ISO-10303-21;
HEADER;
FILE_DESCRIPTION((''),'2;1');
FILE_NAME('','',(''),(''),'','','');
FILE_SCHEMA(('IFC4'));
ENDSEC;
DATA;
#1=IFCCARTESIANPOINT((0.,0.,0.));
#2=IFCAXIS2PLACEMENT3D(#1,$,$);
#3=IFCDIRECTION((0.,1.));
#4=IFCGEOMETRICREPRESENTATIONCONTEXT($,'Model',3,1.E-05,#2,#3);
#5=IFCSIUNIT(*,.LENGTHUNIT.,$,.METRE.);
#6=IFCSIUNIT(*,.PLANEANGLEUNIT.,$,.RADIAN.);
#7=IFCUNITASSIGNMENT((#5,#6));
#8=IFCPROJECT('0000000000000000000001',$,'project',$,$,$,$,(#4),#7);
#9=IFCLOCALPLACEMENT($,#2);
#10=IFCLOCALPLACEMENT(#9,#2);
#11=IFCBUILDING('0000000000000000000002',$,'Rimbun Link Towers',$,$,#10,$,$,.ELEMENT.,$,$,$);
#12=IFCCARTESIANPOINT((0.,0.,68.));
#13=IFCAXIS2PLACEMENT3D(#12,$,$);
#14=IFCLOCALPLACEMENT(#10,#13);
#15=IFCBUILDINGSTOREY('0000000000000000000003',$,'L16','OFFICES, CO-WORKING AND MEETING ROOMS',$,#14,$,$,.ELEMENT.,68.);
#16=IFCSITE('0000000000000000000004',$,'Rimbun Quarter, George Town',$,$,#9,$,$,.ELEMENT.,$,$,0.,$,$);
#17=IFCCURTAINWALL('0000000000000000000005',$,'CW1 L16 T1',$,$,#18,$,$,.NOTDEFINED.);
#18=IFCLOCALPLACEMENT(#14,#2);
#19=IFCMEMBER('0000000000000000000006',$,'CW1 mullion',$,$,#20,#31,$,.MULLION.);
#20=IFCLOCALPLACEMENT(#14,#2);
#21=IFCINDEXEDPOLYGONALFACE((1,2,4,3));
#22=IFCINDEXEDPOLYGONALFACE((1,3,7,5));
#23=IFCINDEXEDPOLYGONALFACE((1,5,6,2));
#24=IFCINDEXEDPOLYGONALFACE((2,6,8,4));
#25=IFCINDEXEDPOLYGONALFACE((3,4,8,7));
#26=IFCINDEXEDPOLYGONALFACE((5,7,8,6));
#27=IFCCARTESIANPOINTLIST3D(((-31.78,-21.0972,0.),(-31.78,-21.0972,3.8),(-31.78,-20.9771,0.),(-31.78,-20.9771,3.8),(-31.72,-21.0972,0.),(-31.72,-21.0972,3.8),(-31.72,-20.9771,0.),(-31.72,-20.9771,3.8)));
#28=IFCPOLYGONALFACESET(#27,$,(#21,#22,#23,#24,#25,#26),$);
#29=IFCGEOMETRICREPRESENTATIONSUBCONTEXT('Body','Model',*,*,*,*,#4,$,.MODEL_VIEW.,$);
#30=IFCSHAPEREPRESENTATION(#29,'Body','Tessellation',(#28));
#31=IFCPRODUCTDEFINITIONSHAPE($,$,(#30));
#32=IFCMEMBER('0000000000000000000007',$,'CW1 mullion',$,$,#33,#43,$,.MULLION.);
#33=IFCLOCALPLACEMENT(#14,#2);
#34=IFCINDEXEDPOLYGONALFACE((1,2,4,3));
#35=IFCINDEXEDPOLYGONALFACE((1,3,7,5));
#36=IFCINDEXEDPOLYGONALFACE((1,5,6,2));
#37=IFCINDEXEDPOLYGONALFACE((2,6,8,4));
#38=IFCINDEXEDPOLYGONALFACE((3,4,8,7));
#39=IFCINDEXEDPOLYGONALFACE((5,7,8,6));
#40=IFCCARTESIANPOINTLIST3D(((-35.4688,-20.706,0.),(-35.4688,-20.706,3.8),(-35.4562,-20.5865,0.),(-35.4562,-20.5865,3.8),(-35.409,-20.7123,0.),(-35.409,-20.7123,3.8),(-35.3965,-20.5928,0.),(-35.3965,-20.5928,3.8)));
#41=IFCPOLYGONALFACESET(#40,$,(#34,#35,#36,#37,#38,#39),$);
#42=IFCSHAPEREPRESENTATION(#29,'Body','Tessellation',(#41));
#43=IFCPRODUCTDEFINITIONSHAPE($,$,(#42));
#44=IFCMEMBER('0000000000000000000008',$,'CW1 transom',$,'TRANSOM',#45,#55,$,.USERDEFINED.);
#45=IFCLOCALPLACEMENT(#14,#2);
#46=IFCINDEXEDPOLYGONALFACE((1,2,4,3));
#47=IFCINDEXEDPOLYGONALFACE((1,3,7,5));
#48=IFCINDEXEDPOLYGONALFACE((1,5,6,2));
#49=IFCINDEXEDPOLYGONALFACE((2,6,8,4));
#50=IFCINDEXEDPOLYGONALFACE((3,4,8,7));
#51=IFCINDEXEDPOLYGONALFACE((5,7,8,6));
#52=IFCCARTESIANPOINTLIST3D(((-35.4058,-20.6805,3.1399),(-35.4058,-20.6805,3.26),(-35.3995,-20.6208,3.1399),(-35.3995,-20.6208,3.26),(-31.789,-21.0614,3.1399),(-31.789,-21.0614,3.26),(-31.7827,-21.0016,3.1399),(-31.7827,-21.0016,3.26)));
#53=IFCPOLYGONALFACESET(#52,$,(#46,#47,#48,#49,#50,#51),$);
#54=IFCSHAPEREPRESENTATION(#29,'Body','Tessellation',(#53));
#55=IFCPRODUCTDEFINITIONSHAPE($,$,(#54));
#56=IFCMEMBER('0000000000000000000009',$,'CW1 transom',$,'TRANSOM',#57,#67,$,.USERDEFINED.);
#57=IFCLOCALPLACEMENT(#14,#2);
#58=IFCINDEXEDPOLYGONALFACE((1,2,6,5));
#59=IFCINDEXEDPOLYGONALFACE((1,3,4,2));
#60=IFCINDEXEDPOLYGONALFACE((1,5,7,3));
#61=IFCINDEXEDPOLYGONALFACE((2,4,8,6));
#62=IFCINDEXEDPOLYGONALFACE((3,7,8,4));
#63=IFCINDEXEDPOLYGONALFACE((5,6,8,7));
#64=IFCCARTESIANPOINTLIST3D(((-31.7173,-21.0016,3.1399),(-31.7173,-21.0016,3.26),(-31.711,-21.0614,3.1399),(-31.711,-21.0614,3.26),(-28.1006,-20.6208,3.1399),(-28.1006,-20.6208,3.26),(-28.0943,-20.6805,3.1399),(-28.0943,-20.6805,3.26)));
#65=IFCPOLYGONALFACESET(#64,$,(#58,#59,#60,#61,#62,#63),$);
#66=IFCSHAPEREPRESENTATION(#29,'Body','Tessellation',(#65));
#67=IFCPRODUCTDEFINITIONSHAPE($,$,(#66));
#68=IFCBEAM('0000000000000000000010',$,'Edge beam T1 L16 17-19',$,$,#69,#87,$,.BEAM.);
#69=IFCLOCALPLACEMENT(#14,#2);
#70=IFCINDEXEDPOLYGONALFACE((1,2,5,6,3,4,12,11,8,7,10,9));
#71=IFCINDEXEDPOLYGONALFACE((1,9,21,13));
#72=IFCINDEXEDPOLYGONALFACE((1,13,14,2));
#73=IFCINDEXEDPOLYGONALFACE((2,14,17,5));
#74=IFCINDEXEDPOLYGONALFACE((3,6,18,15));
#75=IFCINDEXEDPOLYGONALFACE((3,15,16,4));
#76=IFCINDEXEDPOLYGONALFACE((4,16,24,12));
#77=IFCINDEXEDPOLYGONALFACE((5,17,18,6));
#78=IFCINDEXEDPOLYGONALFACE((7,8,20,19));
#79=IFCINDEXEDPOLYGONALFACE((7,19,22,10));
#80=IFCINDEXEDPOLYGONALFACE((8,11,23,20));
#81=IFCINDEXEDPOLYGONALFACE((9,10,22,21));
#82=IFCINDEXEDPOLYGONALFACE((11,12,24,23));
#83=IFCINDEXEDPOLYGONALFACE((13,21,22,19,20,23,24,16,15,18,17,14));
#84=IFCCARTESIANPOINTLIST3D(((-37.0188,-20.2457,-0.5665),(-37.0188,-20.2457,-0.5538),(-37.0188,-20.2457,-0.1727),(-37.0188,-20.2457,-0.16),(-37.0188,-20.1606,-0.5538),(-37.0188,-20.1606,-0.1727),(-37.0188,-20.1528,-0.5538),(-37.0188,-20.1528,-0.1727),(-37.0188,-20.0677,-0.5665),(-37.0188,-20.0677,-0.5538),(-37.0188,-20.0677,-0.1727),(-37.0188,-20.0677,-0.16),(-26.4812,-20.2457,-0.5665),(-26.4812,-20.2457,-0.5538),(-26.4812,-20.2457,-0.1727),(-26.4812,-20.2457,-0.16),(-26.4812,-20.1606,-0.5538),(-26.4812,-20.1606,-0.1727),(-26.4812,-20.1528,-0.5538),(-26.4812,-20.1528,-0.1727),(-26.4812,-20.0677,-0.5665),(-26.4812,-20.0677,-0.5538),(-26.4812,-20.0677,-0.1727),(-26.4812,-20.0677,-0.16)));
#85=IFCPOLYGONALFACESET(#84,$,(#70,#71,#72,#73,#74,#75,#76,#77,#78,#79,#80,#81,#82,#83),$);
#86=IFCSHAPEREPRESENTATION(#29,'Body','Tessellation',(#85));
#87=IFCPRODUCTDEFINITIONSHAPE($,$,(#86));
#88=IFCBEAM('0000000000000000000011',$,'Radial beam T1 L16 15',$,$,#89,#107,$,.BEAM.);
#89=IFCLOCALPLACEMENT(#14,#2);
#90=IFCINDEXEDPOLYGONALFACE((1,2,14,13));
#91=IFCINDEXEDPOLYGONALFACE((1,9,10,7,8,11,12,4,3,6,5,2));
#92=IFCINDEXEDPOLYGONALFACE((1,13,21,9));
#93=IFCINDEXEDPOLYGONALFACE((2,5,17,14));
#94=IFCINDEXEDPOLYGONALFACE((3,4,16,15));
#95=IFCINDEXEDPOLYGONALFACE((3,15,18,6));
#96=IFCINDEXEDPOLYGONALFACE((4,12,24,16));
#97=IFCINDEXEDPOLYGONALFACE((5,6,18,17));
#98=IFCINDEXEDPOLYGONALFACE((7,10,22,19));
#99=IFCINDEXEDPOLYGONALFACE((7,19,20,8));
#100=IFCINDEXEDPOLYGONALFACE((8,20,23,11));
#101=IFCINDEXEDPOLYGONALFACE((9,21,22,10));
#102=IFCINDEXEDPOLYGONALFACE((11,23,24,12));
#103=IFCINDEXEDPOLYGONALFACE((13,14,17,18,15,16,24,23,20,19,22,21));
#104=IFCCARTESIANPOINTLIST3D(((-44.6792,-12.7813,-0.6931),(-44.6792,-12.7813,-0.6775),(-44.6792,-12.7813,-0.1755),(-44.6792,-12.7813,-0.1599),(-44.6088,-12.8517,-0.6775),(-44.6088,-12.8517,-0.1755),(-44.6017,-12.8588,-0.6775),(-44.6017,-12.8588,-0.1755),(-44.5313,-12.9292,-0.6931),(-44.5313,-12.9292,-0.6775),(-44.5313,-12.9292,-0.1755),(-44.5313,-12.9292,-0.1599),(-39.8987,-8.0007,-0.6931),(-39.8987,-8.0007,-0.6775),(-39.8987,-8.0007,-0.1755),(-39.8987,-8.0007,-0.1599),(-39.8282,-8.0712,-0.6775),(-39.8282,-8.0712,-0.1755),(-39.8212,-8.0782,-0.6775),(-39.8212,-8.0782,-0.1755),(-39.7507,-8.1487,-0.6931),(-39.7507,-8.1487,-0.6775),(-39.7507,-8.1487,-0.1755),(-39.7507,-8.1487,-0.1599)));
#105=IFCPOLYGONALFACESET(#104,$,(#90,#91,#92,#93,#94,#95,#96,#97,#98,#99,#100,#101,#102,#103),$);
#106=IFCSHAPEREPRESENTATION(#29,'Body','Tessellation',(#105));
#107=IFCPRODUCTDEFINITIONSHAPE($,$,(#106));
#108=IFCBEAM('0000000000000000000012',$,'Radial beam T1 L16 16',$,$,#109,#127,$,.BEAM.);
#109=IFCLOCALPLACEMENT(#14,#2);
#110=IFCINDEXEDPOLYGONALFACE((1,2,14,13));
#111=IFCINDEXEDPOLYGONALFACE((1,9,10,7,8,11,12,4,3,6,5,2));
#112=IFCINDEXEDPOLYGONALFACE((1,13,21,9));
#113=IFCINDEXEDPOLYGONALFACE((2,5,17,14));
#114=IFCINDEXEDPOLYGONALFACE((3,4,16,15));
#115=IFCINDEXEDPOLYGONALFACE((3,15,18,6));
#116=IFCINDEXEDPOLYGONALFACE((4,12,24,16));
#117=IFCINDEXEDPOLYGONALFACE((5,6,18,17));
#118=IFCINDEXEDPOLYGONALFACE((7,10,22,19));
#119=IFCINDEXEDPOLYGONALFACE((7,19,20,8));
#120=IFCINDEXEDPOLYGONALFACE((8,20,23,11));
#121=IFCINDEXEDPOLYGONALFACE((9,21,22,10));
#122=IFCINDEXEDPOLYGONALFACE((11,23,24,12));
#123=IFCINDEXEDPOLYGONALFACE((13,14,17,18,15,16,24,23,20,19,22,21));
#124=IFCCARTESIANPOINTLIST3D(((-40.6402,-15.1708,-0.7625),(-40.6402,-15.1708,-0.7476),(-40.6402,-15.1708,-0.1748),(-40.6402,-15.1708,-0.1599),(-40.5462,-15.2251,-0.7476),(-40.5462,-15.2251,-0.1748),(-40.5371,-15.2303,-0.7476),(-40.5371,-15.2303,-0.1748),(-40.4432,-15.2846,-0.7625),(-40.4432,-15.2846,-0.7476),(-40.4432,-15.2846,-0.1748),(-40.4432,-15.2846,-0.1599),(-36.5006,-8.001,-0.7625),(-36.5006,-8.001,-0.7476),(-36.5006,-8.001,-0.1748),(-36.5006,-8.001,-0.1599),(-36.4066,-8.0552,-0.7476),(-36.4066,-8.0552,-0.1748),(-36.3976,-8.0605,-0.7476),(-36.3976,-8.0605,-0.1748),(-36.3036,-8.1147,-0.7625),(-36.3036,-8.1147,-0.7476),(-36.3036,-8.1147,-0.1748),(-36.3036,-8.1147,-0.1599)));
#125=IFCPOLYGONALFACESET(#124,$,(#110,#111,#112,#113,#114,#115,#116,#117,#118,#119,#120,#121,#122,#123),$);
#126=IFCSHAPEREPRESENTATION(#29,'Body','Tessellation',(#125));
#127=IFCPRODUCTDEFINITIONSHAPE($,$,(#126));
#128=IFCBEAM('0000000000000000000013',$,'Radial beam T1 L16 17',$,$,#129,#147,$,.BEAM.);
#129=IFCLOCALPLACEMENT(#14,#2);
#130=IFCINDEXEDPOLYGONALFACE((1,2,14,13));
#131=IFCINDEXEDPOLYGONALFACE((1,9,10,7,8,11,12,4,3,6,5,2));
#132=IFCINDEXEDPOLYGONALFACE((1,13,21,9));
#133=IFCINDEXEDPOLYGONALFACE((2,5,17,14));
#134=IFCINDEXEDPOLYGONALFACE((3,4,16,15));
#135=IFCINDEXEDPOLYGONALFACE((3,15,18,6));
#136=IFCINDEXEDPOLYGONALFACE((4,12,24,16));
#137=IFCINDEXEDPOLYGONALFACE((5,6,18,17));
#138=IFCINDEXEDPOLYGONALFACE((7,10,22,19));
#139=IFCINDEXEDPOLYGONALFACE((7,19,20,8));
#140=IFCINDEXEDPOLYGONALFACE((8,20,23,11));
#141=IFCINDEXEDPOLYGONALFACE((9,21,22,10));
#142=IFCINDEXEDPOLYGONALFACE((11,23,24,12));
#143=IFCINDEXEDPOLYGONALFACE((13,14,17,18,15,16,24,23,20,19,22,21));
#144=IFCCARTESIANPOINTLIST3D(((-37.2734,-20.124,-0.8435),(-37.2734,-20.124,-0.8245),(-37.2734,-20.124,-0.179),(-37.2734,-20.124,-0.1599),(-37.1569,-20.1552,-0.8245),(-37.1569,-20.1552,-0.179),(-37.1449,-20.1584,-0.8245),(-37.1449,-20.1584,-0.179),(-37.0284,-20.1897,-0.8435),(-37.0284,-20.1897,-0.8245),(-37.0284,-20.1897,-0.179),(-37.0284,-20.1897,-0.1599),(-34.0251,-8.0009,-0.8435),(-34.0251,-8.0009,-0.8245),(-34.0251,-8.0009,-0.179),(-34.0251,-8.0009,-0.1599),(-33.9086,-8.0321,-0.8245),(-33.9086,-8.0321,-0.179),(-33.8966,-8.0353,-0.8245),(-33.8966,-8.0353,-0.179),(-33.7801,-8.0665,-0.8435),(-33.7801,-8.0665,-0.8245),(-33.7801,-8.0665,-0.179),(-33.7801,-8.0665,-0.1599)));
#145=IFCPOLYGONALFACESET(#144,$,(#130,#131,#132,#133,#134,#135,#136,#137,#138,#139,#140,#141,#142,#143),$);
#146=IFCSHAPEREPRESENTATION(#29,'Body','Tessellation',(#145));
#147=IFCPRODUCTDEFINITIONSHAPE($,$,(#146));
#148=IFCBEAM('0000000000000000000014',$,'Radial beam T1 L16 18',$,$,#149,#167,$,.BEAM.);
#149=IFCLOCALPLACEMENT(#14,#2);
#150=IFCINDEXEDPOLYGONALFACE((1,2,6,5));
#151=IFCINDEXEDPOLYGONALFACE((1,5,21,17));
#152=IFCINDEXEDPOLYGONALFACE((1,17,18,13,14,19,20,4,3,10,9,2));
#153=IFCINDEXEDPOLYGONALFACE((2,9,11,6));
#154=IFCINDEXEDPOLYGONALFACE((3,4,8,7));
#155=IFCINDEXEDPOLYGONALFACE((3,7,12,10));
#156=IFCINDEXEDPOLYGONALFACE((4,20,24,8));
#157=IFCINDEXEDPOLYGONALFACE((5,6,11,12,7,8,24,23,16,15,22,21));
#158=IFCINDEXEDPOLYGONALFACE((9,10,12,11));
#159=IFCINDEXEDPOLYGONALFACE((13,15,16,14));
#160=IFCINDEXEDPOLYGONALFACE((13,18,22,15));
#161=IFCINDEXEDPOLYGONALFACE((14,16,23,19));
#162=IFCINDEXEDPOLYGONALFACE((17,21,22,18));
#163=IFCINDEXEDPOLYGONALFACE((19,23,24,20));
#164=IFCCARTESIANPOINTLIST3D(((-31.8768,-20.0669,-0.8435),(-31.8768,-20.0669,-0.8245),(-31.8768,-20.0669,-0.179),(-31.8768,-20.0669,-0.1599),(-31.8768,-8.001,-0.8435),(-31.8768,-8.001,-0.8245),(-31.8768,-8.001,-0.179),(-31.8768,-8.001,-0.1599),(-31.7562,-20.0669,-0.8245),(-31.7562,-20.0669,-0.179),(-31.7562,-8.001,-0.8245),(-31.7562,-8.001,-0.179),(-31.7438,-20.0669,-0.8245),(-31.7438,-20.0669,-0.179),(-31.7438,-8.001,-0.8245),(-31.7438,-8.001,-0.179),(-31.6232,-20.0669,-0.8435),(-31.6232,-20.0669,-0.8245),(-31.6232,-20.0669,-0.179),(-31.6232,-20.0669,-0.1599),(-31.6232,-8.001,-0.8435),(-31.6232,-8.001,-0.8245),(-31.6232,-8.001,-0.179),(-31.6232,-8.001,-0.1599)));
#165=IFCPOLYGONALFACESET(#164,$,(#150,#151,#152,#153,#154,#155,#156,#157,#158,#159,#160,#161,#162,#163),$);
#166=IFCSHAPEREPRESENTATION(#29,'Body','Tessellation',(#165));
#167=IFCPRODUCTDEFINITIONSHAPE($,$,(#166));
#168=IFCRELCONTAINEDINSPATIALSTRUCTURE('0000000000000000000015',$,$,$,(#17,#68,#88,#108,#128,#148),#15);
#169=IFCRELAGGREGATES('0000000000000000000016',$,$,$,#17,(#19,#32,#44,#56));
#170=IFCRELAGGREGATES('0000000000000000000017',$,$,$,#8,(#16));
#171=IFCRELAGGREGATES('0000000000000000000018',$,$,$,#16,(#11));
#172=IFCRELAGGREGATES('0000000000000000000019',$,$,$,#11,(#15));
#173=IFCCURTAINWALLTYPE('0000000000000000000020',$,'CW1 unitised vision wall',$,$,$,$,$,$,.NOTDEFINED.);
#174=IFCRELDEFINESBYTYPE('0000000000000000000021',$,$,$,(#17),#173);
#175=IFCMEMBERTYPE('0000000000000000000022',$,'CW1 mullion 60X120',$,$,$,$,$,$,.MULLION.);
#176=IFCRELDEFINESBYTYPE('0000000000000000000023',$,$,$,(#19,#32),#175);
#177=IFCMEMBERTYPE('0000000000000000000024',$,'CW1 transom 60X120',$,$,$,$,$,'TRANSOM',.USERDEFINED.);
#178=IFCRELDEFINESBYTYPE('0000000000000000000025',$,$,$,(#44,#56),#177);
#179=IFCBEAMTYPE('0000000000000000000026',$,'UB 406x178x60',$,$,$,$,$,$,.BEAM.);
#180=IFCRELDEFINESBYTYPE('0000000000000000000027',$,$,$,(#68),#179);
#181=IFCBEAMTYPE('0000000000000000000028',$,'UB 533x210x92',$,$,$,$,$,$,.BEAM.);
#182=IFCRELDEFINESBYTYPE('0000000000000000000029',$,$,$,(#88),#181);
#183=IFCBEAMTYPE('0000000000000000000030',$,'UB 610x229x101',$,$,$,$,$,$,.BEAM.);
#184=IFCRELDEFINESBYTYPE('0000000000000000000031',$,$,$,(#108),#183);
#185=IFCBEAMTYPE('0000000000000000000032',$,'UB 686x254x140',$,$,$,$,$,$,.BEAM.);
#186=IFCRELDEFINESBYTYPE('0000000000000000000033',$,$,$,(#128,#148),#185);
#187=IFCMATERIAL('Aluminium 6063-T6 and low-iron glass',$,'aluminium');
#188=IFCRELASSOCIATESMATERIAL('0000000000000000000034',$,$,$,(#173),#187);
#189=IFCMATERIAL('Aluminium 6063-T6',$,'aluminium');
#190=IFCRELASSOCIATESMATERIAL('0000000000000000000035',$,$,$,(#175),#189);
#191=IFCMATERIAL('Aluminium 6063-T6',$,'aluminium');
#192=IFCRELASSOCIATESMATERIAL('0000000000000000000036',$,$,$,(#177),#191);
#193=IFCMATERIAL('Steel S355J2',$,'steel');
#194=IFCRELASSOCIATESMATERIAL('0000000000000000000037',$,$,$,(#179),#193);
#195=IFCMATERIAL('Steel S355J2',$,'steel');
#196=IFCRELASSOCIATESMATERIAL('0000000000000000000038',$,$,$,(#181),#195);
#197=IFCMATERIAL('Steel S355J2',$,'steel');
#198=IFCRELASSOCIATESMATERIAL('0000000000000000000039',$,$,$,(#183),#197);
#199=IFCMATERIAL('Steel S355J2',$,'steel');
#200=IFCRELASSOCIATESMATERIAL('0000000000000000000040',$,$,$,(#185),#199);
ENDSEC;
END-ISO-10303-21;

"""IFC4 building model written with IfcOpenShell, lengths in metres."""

from ifc_helpers import new_model, si_unit, direction, frame, origin, origin_2d, place, context, subcontext, project, spatial, rectangle, i_section, extrude, material, material_profile, profile_set, type_object, element, aggregate, save


model = new_model("IFC4")

# Units and contexts
model_context = context("Model", 3, precision=1e-05, world=origin(), true_north=direction((0.0, 1.0)))
body_context = subcontext(model_context, "Body", "Model", "MODEL_VIEW")
ifc_project = project(units=[si_unit("LENGTHUNIT", "METRE"), si_unit("PLANEANGLEUNIT", "RADIAN")], contexts=[model_context])

# Site, building, storey
site_placement = place(None, origin())
site = spatial("IfcSite", under=ifc_project, at=site_placement, Name="Rimbun Quarter, George Town", CompositionType="ELEMENT", RefElevation=0.0)
building_placement = place(site_placement, origin())
building = spatial("IfcBuilding", under=site, at=building_placement, Name="Rimbun Link Towers", CompositionType="ELEMENT")
storey_placement = place(building_placement, frame((0.0, 0.0, 68.0)))
storey = spatial("IfcBuildingStorey", under=building, at=storey_placement, Name="L16", Description="OFFICES, CO-WORKING AND MEETING ROOMS", CompositionType="ELEMENT", Elevation=68.0)

# Curtain wall, members
ifc_material_1 = material(Name="Aluminium 6063-T6 and low-iron glass", Category="aluminium")
curtain_wall_type = type_object("IfcCurtainWallType", Name="CW1 unitised vision wall", PredefinedType="NOTDEFINED", material=ifc_material_1)
curtain_wall_placement = place(storey_placement, origin())
curtain_wall = element("IfcCurtainWall", 1, at=curtain_wall_placement, inside=storey, type_object=curtain_wall_type, Name="CW1 L16 T1", PredefinedType="NOTDEFINED")
ifc_material_2 = material(Name="Aluminium 6063-T6", Category="aluminium")
ifc_material_profile_1 = material_profile(ifc_material_2, rectangle(XDim=0.1201, YDim=0.0601, at=origin_2d()), Name="MULLION 60X120")
ifc_profile_set_1 = profile_set([ifc_material_profile_1], Name="Aluminium 6063-T6")
member_type_1 = type_object("IfcMemberType", Name="CW1 mullion 60X120", PredefinedType="MULLION", material=ifc_profile_set_1)
member_1_placement = place(storey_placement, frame((-31.75, -21.0371, 0.0), z_axis=(0.0, 0.0, 1.0), x_axis=(0.0, -1.0, 0.0)))
member_1 = element("IfcMember", 2, at=member_1_placement, type_object=member_type_1, Name="CW1 mullion", PredefinedType="MULLION", context=body_context, shape_type="SweptSolid", body=[
    extrude(rectangle(XDim=0.1201, YDim=0.0601, at=origin_2d()), origin(), (0.0, 0.0, 1.0), 3.8),
])
member_2_placement = place(storey_placement, frame((-35.4326, -20.6494, 0.0), z_axis=(0.0, 0.0, 1.0), x_axis=(-0.104735, -0.9945, 0.0)))
member_2 = element("IfcMember", 3, at=member_2_placement, type_object=member_type_1, Name="CW1 mullion", PredefinedType="MULLION", context=body_context, shape_type="SweptSolid", body=[
    extrude(rectangle(XDim=0.1201, YDim=0.0601, at=origin_2d()), origin(), (0.0, 0.0, 1.0), 3.8),
])
ifc_material_3 = material(Name="Aluminium 6063-T6", Category="aluminium")
ifc_material_profile_2 = material_profile(ifc_material_3, rectangle(XDim=0.0601, YDim=0.1201, at=origin_2d()), Name="TRANSOM 60X120")
ifc_profile_set_2 = profile_set([ifc_material_profile_2], Name="Aluminium 6063-T6")
member_type_2 = type_object("IfcMemberType", Name="CW1 transom 60X120", ElementType="TRANSOM", PredefinedType="USERDEFINED", material=ifc_profile_set_2)
member_3_placement = place(storey_placement, frame((-31.7859, -21.0315, 3.2), z_axis=(-0.994501, 0.104727, 0.0), x_axis=(-0.104727, -0.994501, 0.0)))
member_3 = element("IfcMember", 4, at=member_3_placement, type_object=member_type_2, Name="CW1 transom", ObjectType="TRANSOM", PredefinedType="USERDEFINED", context=body_context, shape_type="SweptSolid", body=[
    extrude(rectangle(XDim=0.0601, YDim=0.1201, at=origin_2d()), origin(), (0.0, 0.0, 1.0), 3.6367),
])
member_4_placement = place(storey_placement, frame((-28.0974, -20.6506, 3.2), z_axis=(-0.994501, -0.104727, 0.0), x_axis=(0.104727, -0.994501, 0.0)))
member_4 = element("IfcMember", 5, at=member_4_placement, type_object=member_type_2, Name="CW1 transom", ObjectType="TRANSOM", PredefinedType="USERDEFINED", context=body_context, shape_type="SweptSolid", body=[
    extrude(rectangle(XDim=0.0601, YDim=0.1201, at=origin_2d()), origin(), (0.0, 0.0, 1.0), 3.6367),
])

# Beams
ifc_material_4 = material(Name="Steel S355J2", Category="steel")
ifc_material_profile_3 = material_profile(ifc_material_4, i_section(OverallWidth=0.178, OverallDepth=0.4065, WebThickness=0.0078, FlangeThickness=0.0127, at=origin_2d()), Name="UB 406x178x60")
ifc_profile_set_3 = profile_set([ifc_material_profile_3], Name="Steel S355J2")
beam_type_1 = type_object("IfcBeamType", Name="UB 406x178x60", PredefinedType="BEAM", material=ifc_profile_set_3)
beam_1_placement = place(storey_placement, frame((-37.0188, -20.1567, -0.3633), z_axis=(1.0, 0.0, 0.0), x_axis=(0.0, 1.0, 0.0)))
element("IfcBeam", 6, at=beam_1_placement, inside=storey, type_object=beam_type_1, Name="Edge beam T1 L16 17-19", PredefinedType="BEAM", context=body_context, shape_type="SweptSolid", body=[
    extrude(i_section(OverallWidth=0.178, OverallDepth=0.4065, WebThickness=0.0078, FlangeThickness=0.0127, at=origin_2d()), origin(), (0.0, 0.0, 1.0), 10.5376),
])
ifc_material_5 = material(Name="Steel S355J2", Category="steel")
ifc_material_profile_4 = material_profile(ifc_material_5, i_section(OverallWidth=0.2092, OverallDepth=0.5332, WebThickness=0.01, FlangeThickness=0.0156, at=origin_2d()), Name="UB 533x210x92")
ifc_profile_set_4 = profile_set([ifc_material_profile_4], Name="Steel S355J2")
beam_type_2 = type_object("IfcBeamType", Name="UB 533x210x92", PredefinedType="BEAM", material=ifc_profile_set_4)
beam_2_placement = place(storey_placement, frame((-39.8247, -8.0747, -0.4265), z_axis=(-0.707107, -0.707107, 0.0), x_axis=(0.707107, -0.707107, 0.0)))
element("IfcBeam", 7, at=beam_2_placement, inside=storey, type_object=beam_type_2, Name="Radial beam T1 L16 15", PredefinedType="BEAM", context=body_context, shape_type="SweptSolid", body=[
    extrude(i_section(OverallWidth=0.2092, OverallDepth=0.5332, WebThickness=0.01, FlangeThickness=0.0156, at=origin_2d()), origin(), (0.0, 0.0, 1.0), 6.7607),
])
ifc_material_6 = material(Name="Steel S355J2", Category="steel")
ifc_material_profile_5 = material_profile(ifc_material_6, i_section(OverallWidth=0.2275, OverallDepth=0.6025, WebThickness=0.0105, FlangeThickness=0.0149, at=origin_2d()), Name="UB 610x229x101")
ifc_profile_set_5 = profile_set([ifc_material_profile_5], Name="Steel S355J2")
beam_type_3 = type_object("IfcBeamType", Name="UB 610x229x101", PredefinedType="BEAM", material=ifc_profile_set_5)
beam_3_placement = place(storey_placement, frame((-36.4021, -8.0579, -0.4612), z_axis=(-0.500008, -0.866021, 0.0), x_axis=(0.866021, -0.500008, 0.0)))
element("IfcBeam", 8, at=beam_3_placement, inside=storey, type_object=beam_type_3, Name="Radial beam T1 L16 16", PredefinedType="BEAM", context=body_context, shape_type="SweptSolid", body=[
    extrude(i_section(OverallWidth=0.2275, OverallDepth=0.6025, WebThickness=0.0105, FlangeThickness=0.0149, at=origin_2d()), origin(), (0.0, 0.0, 1.0), 8.2791),
])
ifc_material_7 = material(Name="Steel S355J2", Category="steel")
ifc_material_profile_6 = material_profile(ifc_material_7, i_section(OverallWidth=0.2537, OverallDepth=0.6836, WebThickness=0.0125, FlangeThickness=0.019, at=origin_2d()), Name="UB 686x254x140")
ifc_profile_set_6 = profile_set([ifc_material_profile_6], Name="Steel S355J2")
beam_type_4 = type_object("IfcBeamType", Name="UB 686x254x140", PredefinedType="BEAM", material=ifc_profile_set_6)
beam_4_placement = place(storey_placement, frame((-33.9026, -8.0337, -0.5017), z_axis=(-0.258814, -0.965927, 0.0), x_axis=(0.965927, -0.258814, 0.0)))
element("IfcBeam", 9, at=beam_4_placement, inside=storey, type_object=beam_type_4, Name="Radial beam T1 L16 17", PredefinedType="BEAM", context=body_context, shape_type="SweptSolid", body=[
    extrude(i_section(OverallWidth=0.2537, OverallDepth=0.6836, WebThickness=0.0125, FlangeThickness=0.019, at=origin_2d()), origin(), (0.0, 0.0, 1.0), 12.5508),
])
beam_5_placement = place(storey_placement, frame((-31.75, -8.001, -0.5017), z_axis=(0.0, -1.0, 0.0), x_axis=(1.0, 0.0, 0.0)))
element("IfcBeam", 10, at=beam_5_placement, inside=storey, type_object=beam_type_4, Name="Radial beam T1 L16 18", PredefinedType="BEAM", context=body_context, shape_type="SweptSolid", body=[
    extrude(i_section(OverallWidth=0.2537, OverallDepth=0.6836, WebThickness=0.0125, FlangeThickness=0.019, at=origin_2d()), origin(), (0.0, 0.0, 1.0), 12.0659),
])

aggregate(curtain_wall, [member_1, member_2, member_3, member_4])

save(model, "model.ifc")
